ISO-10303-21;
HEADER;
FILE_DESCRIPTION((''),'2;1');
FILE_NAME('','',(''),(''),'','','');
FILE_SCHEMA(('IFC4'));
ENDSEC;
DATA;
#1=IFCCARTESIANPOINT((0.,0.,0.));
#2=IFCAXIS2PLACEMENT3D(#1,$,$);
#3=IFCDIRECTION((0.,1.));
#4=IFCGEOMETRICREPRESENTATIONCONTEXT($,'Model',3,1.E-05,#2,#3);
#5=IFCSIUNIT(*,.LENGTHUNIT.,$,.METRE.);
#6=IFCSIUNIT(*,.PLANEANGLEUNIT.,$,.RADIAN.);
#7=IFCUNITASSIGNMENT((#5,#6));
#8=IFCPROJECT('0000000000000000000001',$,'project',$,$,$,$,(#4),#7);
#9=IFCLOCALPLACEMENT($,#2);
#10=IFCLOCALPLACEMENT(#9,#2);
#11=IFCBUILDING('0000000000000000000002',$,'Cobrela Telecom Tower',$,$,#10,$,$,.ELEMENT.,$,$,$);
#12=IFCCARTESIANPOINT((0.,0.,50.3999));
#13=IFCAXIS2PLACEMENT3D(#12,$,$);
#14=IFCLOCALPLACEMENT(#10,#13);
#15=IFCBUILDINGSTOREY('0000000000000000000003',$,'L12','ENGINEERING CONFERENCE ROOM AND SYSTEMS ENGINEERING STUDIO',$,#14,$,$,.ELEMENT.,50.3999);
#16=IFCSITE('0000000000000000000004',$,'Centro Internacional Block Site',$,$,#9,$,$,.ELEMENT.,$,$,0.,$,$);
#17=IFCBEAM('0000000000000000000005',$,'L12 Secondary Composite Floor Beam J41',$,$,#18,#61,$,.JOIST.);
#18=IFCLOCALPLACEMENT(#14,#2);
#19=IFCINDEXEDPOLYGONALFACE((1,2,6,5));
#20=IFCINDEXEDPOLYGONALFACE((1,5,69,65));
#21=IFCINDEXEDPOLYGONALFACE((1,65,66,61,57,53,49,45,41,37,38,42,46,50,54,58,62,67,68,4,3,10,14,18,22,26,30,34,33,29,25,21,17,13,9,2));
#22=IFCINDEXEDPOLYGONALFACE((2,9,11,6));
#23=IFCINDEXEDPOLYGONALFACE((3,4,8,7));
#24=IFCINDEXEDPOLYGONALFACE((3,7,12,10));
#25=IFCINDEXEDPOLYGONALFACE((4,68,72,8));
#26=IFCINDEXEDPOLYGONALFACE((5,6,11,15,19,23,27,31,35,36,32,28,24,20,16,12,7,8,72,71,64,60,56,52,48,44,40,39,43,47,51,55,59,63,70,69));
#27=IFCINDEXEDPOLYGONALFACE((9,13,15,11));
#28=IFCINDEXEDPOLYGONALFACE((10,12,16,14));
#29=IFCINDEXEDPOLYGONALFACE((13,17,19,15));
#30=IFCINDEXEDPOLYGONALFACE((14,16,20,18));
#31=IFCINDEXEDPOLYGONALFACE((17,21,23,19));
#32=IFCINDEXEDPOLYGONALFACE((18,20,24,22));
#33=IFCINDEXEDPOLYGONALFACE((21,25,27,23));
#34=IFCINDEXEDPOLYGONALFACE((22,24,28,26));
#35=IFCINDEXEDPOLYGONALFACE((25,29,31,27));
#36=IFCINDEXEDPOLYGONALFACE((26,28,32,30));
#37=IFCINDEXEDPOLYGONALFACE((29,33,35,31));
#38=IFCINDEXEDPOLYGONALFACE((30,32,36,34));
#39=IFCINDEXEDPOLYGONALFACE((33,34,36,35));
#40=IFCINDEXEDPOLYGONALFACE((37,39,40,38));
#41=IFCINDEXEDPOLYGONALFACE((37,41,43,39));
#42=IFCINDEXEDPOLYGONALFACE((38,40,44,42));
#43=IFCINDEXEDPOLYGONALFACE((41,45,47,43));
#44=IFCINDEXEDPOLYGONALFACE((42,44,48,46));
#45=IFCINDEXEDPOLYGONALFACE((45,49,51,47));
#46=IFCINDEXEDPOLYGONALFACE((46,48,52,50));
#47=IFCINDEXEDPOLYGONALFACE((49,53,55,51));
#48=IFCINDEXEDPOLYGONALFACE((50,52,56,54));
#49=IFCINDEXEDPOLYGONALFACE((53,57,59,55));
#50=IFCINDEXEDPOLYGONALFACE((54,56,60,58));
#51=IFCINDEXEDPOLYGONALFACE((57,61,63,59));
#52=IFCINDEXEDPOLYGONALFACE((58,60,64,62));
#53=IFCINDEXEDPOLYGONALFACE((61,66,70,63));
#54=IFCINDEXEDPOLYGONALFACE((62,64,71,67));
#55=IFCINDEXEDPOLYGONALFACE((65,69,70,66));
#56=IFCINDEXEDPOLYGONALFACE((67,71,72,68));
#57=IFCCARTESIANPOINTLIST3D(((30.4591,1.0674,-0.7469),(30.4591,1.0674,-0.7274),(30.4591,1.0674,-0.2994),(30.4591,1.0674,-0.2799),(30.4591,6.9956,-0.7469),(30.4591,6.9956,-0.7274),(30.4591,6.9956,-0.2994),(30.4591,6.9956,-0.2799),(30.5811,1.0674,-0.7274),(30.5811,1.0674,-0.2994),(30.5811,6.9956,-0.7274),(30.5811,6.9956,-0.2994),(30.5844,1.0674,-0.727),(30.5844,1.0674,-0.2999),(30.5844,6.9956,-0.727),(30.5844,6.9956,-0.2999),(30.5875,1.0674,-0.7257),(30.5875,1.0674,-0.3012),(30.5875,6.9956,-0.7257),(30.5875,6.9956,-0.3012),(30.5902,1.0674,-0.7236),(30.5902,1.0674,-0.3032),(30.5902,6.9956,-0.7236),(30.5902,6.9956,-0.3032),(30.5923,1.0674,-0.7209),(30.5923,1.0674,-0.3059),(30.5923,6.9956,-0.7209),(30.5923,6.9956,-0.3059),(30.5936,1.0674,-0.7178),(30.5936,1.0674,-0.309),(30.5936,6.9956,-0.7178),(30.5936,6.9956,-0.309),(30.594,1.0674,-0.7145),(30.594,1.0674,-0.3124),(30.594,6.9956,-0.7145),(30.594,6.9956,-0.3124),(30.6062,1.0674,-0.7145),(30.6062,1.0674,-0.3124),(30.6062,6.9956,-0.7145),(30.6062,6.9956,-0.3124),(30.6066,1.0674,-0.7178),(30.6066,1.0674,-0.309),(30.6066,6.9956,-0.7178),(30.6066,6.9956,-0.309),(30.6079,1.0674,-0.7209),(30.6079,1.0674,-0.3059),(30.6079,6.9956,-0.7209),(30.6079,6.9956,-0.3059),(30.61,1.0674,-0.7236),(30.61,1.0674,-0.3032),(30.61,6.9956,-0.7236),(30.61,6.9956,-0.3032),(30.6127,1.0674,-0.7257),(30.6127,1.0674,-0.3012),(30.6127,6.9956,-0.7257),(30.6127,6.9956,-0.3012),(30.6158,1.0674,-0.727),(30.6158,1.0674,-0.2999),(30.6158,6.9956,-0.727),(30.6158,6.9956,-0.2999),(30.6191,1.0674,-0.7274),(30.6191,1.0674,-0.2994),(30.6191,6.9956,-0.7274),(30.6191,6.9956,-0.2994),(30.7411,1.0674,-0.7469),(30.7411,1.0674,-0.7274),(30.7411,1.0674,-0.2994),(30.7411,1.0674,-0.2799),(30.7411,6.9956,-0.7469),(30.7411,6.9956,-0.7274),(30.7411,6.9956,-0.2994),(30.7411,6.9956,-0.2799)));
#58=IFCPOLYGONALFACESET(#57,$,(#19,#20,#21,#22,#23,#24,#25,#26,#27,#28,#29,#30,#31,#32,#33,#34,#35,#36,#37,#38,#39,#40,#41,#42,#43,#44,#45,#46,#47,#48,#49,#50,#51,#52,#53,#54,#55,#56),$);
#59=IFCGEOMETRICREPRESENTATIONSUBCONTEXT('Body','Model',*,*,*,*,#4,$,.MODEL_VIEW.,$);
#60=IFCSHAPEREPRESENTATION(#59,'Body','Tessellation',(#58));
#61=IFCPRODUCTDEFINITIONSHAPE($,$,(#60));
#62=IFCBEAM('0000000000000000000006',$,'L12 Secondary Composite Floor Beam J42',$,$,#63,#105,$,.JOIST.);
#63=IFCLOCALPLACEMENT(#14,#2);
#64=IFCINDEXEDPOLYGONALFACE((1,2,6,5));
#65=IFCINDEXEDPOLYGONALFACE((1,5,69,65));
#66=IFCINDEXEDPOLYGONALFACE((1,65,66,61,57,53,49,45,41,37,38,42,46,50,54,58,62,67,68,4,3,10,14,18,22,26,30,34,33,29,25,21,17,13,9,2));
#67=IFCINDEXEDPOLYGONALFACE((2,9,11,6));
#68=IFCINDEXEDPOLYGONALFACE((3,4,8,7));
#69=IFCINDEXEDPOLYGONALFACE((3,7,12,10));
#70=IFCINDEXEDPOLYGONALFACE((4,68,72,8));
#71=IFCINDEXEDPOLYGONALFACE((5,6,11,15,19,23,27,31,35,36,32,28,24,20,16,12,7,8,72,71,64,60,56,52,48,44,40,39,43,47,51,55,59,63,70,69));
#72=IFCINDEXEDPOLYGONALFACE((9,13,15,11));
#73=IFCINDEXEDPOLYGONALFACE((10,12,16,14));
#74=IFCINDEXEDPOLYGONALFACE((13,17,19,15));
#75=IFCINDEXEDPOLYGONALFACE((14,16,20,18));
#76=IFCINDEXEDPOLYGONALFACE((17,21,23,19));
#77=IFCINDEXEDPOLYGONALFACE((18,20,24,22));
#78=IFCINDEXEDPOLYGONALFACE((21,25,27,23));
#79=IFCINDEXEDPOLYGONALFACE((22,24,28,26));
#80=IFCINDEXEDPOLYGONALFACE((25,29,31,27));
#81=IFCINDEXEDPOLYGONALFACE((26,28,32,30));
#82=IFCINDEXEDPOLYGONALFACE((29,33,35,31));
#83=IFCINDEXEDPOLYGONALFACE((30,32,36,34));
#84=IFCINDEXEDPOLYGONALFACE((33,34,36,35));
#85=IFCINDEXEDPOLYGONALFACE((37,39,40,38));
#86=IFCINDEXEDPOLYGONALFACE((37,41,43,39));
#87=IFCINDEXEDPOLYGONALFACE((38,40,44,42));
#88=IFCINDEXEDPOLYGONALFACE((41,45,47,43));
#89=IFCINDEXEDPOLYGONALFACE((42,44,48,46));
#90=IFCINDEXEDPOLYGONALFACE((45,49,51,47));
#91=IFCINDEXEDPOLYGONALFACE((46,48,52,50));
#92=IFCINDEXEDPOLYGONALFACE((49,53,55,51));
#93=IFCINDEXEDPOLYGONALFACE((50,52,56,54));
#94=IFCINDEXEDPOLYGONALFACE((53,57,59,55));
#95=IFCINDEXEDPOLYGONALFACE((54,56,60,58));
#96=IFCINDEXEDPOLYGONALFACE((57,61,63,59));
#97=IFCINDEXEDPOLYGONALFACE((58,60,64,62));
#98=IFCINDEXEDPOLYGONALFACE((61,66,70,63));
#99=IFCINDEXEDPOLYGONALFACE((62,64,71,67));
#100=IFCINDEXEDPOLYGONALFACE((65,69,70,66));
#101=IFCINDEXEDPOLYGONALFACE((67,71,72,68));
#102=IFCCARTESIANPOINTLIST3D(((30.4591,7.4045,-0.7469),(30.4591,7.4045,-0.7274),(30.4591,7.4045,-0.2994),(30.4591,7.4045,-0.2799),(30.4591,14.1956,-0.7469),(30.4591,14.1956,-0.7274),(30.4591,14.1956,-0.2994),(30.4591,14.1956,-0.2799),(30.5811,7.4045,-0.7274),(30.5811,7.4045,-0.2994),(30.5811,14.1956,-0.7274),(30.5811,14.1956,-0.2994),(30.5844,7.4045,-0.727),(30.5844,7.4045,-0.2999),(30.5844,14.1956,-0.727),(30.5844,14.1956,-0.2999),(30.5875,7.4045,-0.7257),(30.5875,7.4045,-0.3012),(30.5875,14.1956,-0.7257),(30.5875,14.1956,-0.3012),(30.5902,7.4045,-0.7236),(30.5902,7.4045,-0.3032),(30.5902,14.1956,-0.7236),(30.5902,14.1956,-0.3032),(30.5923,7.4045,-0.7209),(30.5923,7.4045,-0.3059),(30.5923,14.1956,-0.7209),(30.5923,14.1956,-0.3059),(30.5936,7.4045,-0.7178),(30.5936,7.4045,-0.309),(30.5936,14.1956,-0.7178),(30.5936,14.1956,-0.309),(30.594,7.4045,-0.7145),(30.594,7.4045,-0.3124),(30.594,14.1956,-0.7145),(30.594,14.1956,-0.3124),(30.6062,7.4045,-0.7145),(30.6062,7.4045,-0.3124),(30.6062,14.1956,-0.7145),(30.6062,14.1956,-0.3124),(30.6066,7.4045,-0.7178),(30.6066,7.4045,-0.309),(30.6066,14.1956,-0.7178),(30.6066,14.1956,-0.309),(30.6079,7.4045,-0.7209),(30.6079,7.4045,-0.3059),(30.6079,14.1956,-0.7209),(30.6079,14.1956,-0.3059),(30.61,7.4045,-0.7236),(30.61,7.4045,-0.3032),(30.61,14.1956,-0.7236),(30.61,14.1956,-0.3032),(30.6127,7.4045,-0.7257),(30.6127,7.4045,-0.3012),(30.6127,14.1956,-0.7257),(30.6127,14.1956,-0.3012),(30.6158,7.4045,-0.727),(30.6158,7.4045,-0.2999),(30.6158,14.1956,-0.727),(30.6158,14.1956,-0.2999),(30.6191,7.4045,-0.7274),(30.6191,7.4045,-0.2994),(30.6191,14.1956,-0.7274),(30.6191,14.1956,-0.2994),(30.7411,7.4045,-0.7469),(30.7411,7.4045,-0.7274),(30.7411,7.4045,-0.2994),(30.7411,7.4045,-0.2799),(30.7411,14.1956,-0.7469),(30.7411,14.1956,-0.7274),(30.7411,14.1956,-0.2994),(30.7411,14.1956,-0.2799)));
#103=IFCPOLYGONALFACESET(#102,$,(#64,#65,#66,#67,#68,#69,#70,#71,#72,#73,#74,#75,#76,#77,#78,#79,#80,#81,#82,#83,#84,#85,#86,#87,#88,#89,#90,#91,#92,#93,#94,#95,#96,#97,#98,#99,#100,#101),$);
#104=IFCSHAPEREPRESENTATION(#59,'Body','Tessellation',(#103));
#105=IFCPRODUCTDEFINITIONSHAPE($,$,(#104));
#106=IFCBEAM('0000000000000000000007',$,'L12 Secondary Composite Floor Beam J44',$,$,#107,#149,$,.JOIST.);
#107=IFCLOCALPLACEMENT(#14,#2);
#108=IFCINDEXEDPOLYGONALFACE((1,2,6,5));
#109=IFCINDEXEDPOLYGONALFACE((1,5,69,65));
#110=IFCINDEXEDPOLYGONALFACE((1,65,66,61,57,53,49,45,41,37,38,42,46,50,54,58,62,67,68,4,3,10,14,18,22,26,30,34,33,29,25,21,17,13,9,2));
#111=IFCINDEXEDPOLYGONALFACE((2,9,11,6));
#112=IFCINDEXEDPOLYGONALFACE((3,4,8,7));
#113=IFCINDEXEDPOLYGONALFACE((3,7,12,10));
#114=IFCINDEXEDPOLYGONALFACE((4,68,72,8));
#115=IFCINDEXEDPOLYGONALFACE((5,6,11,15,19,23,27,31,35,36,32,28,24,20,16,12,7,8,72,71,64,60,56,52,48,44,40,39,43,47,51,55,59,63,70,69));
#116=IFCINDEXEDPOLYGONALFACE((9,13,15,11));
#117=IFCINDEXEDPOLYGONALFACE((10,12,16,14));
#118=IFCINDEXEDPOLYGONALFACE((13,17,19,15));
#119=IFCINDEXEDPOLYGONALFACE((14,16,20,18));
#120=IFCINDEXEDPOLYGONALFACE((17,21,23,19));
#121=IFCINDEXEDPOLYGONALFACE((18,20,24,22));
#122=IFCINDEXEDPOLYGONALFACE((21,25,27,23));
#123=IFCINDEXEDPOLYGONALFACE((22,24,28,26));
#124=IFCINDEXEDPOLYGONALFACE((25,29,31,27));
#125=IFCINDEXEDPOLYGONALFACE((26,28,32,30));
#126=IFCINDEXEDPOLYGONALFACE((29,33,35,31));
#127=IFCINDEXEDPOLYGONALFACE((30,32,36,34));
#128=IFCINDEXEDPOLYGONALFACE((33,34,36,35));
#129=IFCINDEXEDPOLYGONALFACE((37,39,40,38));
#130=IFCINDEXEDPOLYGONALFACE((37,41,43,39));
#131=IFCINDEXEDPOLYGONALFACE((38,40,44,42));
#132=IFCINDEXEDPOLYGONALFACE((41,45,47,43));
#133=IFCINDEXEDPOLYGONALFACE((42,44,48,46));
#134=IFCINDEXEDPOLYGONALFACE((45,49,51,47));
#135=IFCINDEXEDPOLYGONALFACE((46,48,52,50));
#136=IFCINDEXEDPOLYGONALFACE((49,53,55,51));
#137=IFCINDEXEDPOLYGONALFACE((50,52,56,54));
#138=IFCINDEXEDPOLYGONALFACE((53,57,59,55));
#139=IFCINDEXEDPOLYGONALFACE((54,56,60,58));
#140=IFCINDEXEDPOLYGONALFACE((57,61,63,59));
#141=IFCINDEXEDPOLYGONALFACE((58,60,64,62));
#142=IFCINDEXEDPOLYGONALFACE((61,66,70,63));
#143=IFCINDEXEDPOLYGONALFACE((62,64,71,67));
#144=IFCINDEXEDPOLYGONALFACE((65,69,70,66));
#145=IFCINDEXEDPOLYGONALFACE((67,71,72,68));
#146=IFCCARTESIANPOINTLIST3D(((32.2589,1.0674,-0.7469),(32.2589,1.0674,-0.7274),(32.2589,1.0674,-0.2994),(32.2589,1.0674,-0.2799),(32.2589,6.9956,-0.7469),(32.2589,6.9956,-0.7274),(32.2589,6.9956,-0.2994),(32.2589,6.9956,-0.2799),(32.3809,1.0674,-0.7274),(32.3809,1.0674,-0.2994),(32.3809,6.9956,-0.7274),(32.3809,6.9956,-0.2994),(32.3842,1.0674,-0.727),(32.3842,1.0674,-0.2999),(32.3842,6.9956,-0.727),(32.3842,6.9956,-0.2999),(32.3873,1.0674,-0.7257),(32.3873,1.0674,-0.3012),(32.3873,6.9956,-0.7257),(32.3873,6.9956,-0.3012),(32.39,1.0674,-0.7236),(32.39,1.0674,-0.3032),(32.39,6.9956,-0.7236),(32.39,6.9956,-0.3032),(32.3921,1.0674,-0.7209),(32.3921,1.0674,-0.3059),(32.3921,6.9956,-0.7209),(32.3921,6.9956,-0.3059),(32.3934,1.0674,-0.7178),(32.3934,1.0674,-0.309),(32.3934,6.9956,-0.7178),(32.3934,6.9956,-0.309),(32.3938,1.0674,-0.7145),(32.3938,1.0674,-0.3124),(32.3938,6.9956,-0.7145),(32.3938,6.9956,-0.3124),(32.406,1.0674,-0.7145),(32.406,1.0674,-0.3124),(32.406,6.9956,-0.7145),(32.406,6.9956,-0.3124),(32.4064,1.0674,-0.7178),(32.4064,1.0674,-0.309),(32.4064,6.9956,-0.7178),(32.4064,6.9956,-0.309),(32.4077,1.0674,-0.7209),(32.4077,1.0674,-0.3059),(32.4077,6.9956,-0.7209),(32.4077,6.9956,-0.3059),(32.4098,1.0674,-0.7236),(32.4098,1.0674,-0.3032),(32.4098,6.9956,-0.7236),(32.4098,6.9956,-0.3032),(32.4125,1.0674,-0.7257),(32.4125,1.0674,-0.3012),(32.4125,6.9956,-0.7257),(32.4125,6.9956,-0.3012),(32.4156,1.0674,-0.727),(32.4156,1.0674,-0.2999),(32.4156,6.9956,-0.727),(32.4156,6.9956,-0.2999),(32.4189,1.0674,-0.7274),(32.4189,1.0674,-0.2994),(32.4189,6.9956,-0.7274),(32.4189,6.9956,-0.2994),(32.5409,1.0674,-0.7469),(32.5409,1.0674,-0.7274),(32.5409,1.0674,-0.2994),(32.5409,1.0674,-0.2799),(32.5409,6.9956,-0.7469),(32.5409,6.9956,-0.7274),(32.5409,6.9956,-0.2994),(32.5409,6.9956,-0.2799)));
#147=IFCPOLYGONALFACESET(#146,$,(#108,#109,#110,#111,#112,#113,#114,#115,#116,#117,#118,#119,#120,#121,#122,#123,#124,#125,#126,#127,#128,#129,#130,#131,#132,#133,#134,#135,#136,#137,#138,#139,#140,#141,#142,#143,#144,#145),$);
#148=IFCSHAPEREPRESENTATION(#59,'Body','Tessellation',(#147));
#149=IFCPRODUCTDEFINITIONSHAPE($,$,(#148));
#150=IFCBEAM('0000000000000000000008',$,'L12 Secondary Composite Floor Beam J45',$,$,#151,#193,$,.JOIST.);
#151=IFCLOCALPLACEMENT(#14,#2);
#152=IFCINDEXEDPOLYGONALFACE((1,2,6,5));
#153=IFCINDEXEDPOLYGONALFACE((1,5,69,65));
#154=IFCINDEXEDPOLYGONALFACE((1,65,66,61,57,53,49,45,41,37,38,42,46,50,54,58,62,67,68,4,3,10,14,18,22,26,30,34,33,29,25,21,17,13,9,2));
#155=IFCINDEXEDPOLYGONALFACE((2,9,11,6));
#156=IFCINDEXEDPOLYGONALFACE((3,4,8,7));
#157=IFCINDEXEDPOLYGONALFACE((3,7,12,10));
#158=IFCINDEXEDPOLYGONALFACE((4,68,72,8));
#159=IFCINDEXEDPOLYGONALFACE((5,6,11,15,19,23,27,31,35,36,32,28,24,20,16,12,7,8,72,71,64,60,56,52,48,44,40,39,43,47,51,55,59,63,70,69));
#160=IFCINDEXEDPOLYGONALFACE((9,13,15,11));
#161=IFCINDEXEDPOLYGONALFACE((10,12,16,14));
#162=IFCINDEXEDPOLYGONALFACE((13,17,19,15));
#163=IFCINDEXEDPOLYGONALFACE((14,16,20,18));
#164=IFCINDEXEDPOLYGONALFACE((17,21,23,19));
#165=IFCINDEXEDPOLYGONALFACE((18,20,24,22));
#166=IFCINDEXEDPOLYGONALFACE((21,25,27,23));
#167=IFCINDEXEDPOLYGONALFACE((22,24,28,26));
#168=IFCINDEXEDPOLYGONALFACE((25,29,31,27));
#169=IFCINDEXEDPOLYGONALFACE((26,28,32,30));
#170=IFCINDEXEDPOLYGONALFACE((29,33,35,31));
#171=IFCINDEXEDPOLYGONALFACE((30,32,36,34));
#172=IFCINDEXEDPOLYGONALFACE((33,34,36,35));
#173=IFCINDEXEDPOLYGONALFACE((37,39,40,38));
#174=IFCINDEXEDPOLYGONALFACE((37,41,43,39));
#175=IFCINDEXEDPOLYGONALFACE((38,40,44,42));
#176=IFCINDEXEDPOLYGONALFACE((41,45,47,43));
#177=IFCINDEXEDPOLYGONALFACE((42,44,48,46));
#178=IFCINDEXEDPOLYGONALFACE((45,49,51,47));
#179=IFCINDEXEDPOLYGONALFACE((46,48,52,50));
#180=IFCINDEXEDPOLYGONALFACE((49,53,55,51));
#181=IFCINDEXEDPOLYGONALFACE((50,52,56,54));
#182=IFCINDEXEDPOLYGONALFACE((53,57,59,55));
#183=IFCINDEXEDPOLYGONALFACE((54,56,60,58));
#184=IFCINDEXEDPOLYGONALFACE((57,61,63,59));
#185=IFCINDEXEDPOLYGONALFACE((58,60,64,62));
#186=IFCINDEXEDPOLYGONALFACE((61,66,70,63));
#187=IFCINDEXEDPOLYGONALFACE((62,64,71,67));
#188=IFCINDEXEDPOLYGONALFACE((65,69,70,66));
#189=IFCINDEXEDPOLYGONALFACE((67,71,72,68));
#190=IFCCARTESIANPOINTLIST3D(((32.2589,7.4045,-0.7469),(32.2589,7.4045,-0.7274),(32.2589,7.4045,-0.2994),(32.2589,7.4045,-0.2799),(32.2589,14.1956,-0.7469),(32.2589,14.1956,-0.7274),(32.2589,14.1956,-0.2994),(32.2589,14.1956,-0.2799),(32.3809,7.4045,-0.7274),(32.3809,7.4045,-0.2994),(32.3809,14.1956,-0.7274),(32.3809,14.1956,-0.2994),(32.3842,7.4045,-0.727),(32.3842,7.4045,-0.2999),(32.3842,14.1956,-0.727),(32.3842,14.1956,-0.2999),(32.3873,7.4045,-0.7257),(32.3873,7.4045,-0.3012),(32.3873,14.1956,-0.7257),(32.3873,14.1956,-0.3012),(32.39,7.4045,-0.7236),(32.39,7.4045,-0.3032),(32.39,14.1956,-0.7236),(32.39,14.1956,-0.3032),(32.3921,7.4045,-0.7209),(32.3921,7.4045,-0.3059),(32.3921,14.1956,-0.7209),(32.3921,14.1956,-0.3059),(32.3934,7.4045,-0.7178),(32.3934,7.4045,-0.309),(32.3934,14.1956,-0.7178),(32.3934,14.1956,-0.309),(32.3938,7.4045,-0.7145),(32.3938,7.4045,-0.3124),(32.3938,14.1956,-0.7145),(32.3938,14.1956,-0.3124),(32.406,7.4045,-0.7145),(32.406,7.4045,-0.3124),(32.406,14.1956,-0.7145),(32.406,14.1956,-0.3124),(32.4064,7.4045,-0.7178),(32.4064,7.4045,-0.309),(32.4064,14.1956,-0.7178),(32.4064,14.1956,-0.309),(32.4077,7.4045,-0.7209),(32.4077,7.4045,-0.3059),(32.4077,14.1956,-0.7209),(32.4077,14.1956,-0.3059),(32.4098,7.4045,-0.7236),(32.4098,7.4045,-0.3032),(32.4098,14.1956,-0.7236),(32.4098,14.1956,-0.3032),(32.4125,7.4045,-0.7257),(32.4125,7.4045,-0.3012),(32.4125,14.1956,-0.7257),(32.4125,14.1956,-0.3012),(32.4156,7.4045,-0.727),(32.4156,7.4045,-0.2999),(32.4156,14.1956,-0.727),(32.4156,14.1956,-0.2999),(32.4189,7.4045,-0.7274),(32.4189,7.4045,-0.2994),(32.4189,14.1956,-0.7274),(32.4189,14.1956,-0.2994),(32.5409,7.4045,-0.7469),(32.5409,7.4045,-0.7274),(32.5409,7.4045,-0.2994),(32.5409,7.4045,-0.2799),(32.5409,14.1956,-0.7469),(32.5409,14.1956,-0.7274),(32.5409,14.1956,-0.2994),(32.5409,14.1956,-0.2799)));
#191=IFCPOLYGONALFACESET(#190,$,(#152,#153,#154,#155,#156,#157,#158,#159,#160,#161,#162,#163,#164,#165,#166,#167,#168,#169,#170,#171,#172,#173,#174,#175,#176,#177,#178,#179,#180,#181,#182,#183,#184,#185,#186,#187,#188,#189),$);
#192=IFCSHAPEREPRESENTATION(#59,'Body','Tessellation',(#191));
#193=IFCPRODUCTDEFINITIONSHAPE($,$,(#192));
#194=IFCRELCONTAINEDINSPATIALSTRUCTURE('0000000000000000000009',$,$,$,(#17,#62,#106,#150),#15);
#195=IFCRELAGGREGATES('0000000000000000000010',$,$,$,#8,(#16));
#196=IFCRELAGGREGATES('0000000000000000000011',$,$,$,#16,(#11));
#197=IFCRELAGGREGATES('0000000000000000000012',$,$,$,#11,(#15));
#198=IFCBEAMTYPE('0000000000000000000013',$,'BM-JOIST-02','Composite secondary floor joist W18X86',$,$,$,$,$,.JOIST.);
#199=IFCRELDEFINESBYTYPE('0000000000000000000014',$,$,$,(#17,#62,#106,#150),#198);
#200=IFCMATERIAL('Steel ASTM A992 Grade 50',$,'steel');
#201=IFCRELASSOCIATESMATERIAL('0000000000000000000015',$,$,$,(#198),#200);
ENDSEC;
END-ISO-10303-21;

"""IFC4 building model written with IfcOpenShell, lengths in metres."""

from ifc_helpers import new_model, si_unit, direction, frame, origin, origin_2d, place, context, subcontext, project, spatial, i_section, extrude, material, material_profile, profile_set, type_object, element, save


model = new_model("IFC4")

# Units and contexts
model_context = context("Model", 3, precision=1e-05, world=origin(), true_north=direction((0.0, 1.0)))
body_context = subcontext(model_context, "Body", "Model", "MODEL_VIEW")
ifc_project = project(units=[si_unit("LENGTHUNIT", "METRE"), si_unit("PLANEANGLEUNIT", "RADIAN")], contexts=[model_context])

# Site, building, storey
site_placement = place(None, origin())
site = spatial("IfcSite", under=ifc_project, at=site_placement, Name="Centro Internacional Block Site", CompositionType="ELEMENT", RefElevation=0.0)
building_placement = place(site_placement, origin())
building = spatial("IfcBuilding", under=site, at=building_placement, Name="Cobrela Telecom Tower", CompositionType="ELEMENT")
storey_placement = place(building_placement, frame((0.0, 0.0, 50.3999)))
storey = spatial("IfcBuildingStorey", under=building, at=storey_placement, Name="L12", Description="ENGINEERING CONFERENCE ROOM AND SYSTEMS ENGINEERING STUDIO", CompositionType="ELEMENT", Elevation=50.3999)

# Shared definitions
ifc_material_1 = material(Name="Steel ASTM A992 Grade 50", Category="steel")

# Beams
ifc_material_profile_1 = material_profile(ifc_material_1, i_section(OverallWidth=0.282, OverallDepth=0.467, WebThickness=0.0122, FlangeThickness=0.0195, FilletRadius=0.0129, at=origin_2d()), Name="W18X86")
ifc_profile_set_1 = profile_set([ifc_material_profile_1], Name="Steel ASTM A992 Grade 50")
beam_type_1 = type_object("IfcBeamType", Name="BM-JOIST-02", Description="Composite secondary floor joist W18X86", PredefinedType="JOIST", material=ifc_profile_set_1)
beam_1_placement = place(storey_placement, frame((30.6001, 1.0674, -0.5134), z_axis=(0.0, 1.0, 0.0), x_axis=(-1.0, 0.0, 0.0)))
element("IfcBeam", 1, at=beam_1_placement, inside=storey, type_object=beam_type_1, Name="L12 Secondary Composite Floor Beam J41", PredefinedType="JOIST", context=body_context, shape_type="SweptSolid", body=[
    extrude(i_section(OverallWidth=0.282, OverallDepth=0.467, WebThickness=0.0122, FlangeThickness=0.0195, FilletRadius=0.0129, at=origin_2d()), origin(), (0.0, 0.0, 1.0), 5.9282),
])
beam_2_placement = place(storey_placement, frame((30.6001, 7.4045, -0.5134), z_axis=(0.0, 1.0, 0.0), x_axis=(-1.0, 0.0, 0.0)))
element("IfcBeam", 2, at=beam_2_placement, inside=storey, type_object=beam_type_1, Name="L12 Secondary Composite Floor Beam J42", PredefinedType="JOIST", context=body_context, shape_type="SweptSolid", body=[
    extrude(i_section(OverallWidth=0.282, OverallDepth=0.467, WebThickness=0.0122, FlangeThickness=0.0195, FilletRadius=0.0129, at=origin_2d()), origin(), (0.0, 0.0, 1.0), 6.791),
])
beam_3_placement = place(storey_placement, frame((32.3999, 1.0674, -0.5134), z_axis=(0.0, 1.0, 0.0), x_axis=(-1.0, 0.0, 0.0)))
element("IfcBeam", 3, at=beam_3_placement, inside=storey, type_object=beam_type_1, Name="L12 Secondary Composite Floor Beam J44", PredefinedType="JOIST", context=body_context, shape_type="SweptSolid", body=[
    extrude(i_section(OverallWidth=0.282, OverallDepth=0.467, WebThickness=0.0122, FlangeThickness=0.0195, FilletRadius=0.0129, at=origin_2d()), origin(), (0.0, 0.0, 1.0), 5.9282),
])
beam_4_placement = place(storey_placement, frame((32.3999, 7.4045, -0.5134), z_axis=(0.0, 1.0, 0.0), x_axis=(-1.0, 0.0, 0.0)))
element("IfcBeam", 4, at=beam_4_placement, inside=storey, type_object=beam_type_1, Name="L12 Secondary Composite Floor Beam J45", PredefinedType="JOIST", context=body_context, shape_type="SweptSolid", body=[
    extrude(i_section(OverallWidth=0.282, OverallDepth=0.467, WebThickness=0.0122, FlangeThickness=0.0195, FilletRadius=0.0129, at=origin_2d()), origin(), (0.0, 0.0, 1.0), 6.791),
])

save(model, "model.ifc")
